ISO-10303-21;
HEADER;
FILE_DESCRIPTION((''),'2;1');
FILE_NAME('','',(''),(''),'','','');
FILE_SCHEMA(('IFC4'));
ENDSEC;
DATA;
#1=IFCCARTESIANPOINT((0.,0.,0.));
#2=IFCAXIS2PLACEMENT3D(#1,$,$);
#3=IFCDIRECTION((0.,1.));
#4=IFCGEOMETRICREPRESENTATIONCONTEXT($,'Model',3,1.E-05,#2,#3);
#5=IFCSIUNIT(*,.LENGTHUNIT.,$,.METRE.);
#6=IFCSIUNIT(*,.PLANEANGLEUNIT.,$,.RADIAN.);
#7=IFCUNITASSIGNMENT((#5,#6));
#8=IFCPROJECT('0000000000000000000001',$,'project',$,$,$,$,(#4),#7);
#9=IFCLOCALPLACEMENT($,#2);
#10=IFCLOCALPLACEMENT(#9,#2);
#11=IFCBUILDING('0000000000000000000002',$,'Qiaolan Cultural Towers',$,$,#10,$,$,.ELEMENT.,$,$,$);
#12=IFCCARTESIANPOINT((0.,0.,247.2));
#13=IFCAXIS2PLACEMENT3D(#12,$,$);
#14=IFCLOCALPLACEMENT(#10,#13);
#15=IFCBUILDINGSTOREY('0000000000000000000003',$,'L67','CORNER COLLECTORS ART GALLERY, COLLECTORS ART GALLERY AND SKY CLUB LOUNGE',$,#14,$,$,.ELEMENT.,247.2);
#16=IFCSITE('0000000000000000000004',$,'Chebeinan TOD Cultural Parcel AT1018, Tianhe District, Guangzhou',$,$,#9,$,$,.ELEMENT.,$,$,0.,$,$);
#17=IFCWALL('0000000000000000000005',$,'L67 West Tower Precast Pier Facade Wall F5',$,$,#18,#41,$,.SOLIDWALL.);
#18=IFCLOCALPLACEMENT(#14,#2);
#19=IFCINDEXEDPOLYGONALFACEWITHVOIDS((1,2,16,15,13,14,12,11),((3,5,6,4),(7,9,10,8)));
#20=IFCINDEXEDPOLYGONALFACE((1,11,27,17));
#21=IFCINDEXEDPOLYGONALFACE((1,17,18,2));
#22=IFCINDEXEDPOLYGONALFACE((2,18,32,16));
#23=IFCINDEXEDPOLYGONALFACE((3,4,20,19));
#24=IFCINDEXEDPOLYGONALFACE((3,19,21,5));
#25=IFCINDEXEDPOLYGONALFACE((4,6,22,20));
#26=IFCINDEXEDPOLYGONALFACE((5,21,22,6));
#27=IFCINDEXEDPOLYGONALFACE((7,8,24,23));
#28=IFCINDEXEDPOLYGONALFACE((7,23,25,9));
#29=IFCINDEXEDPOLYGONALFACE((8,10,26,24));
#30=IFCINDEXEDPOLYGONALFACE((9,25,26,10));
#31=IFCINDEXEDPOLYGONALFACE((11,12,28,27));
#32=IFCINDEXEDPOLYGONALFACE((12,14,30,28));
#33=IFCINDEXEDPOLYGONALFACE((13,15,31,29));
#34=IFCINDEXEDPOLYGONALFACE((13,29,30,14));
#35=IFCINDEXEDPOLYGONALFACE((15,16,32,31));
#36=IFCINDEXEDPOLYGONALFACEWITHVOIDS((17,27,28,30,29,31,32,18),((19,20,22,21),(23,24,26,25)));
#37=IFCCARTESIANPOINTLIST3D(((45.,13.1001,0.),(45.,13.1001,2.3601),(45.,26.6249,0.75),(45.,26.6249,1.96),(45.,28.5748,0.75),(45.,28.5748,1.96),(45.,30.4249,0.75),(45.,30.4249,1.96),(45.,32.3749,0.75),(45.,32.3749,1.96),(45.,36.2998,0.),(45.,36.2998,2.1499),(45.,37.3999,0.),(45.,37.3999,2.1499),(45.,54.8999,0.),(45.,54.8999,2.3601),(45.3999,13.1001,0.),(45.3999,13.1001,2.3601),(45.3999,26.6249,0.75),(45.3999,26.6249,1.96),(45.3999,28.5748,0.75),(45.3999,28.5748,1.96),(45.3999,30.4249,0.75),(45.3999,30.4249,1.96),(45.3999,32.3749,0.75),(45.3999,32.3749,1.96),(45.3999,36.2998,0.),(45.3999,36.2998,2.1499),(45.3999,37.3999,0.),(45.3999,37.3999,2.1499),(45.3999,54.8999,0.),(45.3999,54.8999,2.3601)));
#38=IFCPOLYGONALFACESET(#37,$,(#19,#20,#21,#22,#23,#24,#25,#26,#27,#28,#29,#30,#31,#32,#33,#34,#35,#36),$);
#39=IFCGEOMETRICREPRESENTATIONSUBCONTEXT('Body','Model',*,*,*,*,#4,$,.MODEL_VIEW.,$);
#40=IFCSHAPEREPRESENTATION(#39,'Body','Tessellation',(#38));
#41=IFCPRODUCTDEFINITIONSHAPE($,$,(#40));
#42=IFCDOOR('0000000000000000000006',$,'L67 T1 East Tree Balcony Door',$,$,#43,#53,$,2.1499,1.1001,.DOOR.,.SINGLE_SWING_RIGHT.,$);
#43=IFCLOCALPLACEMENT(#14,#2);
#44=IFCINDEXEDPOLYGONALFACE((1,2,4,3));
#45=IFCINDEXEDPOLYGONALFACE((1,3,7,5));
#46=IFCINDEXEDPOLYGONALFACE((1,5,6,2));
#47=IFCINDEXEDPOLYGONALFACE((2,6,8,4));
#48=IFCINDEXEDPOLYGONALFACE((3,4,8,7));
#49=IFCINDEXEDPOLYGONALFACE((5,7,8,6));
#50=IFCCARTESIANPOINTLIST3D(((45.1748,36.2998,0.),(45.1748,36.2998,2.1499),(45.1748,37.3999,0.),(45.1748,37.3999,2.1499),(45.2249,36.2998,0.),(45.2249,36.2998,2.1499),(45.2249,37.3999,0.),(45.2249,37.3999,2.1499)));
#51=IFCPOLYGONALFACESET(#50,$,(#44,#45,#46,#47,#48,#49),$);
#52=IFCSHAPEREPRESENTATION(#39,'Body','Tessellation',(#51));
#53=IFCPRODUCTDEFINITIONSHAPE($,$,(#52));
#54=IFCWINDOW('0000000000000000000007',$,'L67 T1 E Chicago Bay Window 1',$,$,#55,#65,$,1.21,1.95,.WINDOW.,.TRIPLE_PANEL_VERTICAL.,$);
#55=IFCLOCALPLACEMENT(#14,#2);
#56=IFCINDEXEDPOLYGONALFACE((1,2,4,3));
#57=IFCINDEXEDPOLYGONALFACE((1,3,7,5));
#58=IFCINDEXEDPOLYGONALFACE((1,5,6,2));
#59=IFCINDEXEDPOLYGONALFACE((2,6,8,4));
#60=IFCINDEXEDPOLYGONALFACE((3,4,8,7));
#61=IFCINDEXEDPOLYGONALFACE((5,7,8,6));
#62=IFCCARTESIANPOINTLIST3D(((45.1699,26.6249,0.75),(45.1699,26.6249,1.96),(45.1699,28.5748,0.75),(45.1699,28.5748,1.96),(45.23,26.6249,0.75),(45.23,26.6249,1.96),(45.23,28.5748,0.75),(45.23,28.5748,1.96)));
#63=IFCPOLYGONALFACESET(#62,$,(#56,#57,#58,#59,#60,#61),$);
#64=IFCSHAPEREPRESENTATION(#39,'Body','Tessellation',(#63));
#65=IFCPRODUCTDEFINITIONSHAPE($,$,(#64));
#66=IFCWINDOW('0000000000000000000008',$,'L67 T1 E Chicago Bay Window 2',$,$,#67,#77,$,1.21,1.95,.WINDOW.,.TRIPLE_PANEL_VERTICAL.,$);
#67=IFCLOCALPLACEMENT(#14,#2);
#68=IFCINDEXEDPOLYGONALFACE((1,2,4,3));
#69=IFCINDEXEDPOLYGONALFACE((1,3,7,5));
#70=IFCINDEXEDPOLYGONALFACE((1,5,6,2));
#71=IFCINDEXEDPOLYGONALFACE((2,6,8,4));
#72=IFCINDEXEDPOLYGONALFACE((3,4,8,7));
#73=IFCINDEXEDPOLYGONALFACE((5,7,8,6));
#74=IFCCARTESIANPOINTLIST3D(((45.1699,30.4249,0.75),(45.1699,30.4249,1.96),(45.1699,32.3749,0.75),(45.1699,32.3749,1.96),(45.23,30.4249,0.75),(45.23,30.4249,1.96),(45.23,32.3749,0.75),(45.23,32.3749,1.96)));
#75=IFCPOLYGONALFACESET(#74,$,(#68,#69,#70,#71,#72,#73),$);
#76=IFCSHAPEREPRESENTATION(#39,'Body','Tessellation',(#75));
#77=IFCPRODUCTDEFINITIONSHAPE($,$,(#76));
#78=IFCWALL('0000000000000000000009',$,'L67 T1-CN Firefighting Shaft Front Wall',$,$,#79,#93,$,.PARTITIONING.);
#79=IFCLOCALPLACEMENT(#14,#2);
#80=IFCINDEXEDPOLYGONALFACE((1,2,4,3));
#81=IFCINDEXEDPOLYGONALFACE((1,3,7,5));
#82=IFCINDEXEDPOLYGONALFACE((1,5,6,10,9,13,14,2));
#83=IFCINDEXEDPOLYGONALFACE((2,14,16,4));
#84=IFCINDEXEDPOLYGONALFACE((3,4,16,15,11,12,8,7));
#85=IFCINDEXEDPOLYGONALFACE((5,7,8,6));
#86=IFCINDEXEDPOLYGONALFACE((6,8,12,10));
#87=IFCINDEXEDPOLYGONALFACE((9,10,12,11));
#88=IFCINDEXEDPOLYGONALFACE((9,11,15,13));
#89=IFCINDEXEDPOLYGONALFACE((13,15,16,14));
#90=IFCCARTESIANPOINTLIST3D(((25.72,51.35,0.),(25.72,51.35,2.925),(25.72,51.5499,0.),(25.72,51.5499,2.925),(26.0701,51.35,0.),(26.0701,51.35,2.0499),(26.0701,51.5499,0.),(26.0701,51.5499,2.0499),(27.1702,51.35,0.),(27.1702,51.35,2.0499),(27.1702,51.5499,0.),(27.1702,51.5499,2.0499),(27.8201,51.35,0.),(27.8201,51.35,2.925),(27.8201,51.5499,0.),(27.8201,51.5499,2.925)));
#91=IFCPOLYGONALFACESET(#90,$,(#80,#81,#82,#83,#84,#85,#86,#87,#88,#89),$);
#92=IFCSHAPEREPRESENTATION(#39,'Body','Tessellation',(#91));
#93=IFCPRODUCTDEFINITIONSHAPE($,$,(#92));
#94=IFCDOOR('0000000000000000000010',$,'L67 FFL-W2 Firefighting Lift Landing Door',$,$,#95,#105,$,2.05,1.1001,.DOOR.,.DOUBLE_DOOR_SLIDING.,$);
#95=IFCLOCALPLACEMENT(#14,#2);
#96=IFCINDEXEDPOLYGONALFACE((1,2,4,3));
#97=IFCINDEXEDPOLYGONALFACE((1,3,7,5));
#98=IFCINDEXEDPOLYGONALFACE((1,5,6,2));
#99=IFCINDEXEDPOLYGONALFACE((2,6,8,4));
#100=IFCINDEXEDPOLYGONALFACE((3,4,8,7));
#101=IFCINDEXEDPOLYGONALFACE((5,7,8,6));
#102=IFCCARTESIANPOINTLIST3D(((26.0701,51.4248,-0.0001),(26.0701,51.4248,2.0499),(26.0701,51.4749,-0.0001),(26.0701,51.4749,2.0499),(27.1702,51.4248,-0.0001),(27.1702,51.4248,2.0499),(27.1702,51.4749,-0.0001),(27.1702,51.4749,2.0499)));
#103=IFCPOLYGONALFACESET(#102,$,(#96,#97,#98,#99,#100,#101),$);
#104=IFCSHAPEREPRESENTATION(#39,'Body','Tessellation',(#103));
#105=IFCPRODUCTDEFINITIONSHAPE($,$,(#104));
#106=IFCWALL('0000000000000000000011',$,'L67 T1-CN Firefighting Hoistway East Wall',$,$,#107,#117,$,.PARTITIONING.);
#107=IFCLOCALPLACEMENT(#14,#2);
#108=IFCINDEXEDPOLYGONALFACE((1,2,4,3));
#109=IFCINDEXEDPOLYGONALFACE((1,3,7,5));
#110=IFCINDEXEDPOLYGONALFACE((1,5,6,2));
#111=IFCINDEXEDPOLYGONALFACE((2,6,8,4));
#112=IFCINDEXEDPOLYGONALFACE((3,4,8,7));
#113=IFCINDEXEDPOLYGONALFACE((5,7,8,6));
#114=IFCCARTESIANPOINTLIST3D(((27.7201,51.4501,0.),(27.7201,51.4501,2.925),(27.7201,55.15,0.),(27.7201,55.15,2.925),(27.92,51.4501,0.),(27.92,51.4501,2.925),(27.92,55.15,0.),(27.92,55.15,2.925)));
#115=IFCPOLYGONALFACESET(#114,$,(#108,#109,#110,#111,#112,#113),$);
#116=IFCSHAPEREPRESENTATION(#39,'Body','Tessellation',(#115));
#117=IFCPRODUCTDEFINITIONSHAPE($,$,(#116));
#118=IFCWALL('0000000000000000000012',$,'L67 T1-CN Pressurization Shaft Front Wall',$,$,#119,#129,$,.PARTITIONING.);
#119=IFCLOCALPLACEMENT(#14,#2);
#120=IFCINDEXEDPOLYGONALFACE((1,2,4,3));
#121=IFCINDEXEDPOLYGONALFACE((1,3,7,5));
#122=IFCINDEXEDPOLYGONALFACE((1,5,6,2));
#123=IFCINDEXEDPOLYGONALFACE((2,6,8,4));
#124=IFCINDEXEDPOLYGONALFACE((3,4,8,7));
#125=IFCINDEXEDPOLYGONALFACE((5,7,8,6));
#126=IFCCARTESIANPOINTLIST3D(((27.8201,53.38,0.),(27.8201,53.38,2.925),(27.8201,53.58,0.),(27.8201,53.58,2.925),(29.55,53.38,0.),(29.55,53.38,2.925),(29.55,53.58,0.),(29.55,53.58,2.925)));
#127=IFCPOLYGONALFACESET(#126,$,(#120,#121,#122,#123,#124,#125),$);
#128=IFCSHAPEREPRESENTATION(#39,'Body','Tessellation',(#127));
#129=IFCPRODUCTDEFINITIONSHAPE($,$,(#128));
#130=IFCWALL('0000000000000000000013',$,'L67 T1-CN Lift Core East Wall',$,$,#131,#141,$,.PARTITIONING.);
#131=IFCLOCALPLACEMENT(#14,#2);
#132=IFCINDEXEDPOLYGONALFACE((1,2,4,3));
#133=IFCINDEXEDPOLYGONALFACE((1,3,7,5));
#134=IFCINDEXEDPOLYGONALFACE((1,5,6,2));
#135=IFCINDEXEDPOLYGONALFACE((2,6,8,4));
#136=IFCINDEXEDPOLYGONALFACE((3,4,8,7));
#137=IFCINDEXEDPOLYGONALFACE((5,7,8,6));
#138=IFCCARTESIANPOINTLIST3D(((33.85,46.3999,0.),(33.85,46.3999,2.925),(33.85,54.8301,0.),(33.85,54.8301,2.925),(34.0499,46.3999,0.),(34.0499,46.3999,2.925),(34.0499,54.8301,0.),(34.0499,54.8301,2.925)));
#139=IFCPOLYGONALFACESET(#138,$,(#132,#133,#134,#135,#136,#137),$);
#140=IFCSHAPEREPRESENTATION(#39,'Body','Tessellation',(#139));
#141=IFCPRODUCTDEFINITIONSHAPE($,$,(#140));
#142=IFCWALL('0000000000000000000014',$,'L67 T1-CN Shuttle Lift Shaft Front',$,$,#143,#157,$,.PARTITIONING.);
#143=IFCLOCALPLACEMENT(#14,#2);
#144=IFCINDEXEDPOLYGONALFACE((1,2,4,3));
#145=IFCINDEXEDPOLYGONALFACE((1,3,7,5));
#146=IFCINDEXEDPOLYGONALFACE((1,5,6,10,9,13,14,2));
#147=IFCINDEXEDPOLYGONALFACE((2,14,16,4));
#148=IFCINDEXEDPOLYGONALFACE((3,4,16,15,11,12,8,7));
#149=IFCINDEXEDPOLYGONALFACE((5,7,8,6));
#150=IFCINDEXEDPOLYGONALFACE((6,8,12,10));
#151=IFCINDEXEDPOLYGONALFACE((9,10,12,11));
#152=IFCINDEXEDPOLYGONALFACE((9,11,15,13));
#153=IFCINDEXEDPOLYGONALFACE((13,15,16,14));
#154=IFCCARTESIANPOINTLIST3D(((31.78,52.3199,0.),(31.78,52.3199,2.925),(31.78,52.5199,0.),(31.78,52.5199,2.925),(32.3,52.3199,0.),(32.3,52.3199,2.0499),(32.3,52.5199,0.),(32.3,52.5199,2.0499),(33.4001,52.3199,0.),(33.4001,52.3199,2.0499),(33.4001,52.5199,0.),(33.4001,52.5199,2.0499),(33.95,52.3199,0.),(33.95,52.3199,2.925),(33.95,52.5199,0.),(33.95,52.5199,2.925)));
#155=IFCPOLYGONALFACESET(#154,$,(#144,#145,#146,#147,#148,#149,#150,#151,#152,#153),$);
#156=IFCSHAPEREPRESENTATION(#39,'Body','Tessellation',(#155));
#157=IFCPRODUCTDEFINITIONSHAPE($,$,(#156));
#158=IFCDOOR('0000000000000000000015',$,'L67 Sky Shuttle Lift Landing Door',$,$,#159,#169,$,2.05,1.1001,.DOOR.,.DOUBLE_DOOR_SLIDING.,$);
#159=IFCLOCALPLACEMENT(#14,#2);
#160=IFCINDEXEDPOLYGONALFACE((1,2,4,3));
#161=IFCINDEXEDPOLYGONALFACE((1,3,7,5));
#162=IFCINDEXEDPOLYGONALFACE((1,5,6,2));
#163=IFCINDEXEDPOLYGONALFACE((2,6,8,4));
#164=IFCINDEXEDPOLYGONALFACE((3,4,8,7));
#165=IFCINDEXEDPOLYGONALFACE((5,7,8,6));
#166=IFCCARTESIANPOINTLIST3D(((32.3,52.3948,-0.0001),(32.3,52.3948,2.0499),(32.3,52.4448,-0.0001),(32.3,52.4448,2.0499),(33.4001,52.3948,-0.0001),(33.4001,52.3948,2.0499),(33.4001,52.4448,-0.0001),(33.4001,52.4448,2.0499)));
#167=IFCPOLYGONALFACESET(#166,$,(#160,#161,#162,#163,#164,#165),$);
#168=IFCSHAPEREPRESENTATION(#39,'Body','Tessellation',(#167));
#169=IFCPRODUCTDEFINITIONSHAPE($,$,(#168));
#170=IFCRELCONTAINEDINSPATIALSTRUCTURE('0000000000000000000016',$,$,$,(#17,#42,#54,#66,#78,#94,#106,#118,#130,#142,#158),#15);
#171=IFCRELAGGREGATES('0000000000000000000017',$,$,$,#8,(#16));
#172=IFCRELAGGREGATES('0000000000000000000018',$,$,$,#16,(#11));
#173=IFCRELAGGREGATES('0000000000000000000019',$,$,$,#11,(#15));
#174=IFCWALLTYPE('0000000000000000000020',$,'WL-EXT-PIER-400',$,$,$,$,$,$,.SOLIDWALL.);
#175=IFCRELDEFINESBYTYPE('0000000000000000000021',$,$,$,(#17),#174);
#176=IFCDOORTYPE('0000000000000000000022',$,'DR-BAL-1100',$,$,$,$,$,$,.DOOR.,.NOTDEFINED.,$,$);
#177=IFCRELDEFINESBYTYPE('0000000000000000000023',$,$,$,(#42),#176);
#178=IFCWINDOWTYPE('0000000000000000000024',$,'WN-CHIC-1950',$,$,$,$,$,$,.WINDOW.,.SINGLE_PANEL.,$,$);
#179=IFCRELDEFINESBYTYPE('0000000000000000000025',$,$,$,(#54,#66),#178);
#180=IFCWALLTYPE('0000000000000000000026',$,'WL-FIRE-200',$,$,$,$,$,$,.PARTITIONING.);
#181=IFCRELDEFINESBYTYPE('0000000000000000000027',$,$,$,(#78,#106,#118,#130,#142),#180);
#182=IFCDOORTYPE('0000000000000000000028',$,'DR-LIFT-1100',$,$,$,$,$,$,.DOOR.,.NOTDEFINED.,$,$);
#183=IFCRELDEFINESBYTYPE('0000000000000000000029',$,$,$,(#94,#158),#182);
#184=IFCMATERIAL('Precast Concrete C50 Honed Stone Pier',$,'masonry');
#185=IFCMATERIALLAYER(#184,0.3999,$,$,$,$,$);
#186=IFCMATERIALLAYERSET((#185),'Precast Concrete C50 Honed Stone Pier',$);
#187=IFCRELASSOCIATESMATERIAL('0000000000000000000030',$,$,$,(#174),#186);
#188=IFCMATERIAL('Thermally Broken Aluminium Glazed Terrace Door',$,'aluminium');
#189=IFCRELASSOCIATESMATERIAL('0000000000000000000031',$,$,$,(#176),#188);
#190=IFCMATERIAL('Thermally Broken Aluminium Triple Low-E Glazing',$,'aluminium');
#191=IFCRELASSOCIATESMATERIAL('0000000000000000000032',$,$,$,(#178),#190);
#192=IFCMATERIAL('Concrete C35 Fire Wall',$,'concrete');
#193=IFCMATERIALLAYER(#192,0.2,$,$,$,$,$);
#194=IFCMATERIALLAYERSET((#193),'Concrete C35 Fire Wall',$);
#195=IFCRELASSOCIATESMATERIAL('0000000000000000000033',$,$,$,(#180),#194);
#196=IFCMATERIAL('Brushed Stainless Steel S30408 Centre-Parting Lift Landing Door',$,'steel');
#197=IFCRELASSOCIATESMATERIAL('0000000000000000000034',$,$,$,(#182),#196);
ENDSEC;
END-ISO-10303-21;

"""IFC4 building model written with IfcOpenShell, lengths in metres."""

from ifc_helpers import new_model, si_unit, direction, frame, frame_2d, origin, place, context, subcontext, project, spatial, rectangle, extrude, material, layer, layer_set, type_object, element, fill, save


model = new_model("IFC4")

# Units and contexts
model_context = context("Model", 3, precision=1e-05, world=origin(), true_north=direction((0.0, 1.0)))
body_context = subcontext(model_context, "Body", "Model", "MODEL_VIEW")
ifc_project = project(units=[si_unit("LENGTHUNIT", "METRE"), si_unit("PLANEANGLEUNIT", "RADIAN")], contexts=[model_context])

# Site, building, storey
site_placement = place(None, origin())
site = spatial("IfcSite", under=ifc_project, at=site_placement, Name="Chebeinan TOD Cultural Parcel AT1018, Tianhe District, Guangzhou", CompositionType="ELEMENT", RefElevation=0.0)
building_placement = place(site_placement, origin())
building = spatial("IfcBuilding", under=site, at=building_placement, Name="Qiaolan Cultural Towers", CompositionType="ELEMENT")
storey_placement = place(building_placement, frame((0.0, 0.0, 247.2)))
storey = spatial("IfcBuildingStorey", under=building, at=storey_placement, Name="L67", Description="CORNER COLLECTORS ART GALLERY, COLLECTORS ART GALLERY AND SKY CLUB LOUNGE", CompositionType="ELEMENT", Elevation=247.2)

# Shared definitions
ifc_material_1 = material(Name="Precast Concrete C50 Honed Stone Pier", Category="masonry")
ifc_layer_1 = layer(ifc_material_1, 0.3999)
ifc_layer_set_1 = layer_set([ifc_layer_1], Name="Precast Concrete C50 Honed Stone Pier")
wall_type_1 = type_object("IfcWallType", Name="WL-EXT-PIER-400", PredefinedType="SOLIDWALL", material=ifc_layer_set_1)

# Wall, openings, door, windows
wall_1_placement = place(storey_placement, frame((45.2, 54.8999, 0.0), z_axis=(0.0, 0.0, 1.0), x_axis=(0.0, -1.0, 0.0)))
wall_1 = element("IfcWall", 1, at=wall_1_placement, inside=storey, type_object=wall_type_1, Name="L67 West Tower Precast Pier Facade Wall F5", PredefinedType="SOLIDWALL", context=body_context, shape_type="SweptSolid", body=[
    extrude(rectangle(XDim=41.7998, YDim=0.3999, at=frame_2d((20.8999, 0.0))), origin(), (0.0, 0.0, 1.0), 2.3601),
])
opening_1_placement = place(wall_1_placement, frame((26.325, 0.0, 0.75)))
opening_1 = element("IfcOpeningElement", 2, at=opening_1_placement, cuts=wall_1, PredefinedType="OPENING", context=body_context, shape_type="SweptSolid", body=[
    extrude(rectangle(XDim=1.95, YDim=1.21, at=frame_2d((0.9751, 0.605))), frame((0.0, 0.21, 0.0), z_axis=(0.0, -1.0, 0.0), x_axis=(1.0, 0.0, 0.0)), (0.0, 0.0, 1.0), 0.4199),
])
opening_2_placement = place(wall_1_placement, frame((22.5249, 0.0, 0.75)))
opening_2 = element("IfcOpeningElement", 3, at=opening_2_placement, cuts=wall_1, PredefinedType="OPENING", context=body_context, shape_type="SweptSolid", body=[
    extrude(rectangle(XDim=1.95, YDim=1.21, at=frame_2d((0.9751, 0.605))), frame((0.0, 0.21, 0.0), z_axis=(0.0, -1.0, 0.0), x_axis=(1.0, 0.0, 0.0)), (0.0, 0.0, 1.0), 0.4199),
])
opening_3_placement = place(wall_1_placement, frame((17.5, 0.0, 0.0)))
opening_3 = element("IfcOpeningElement", 4, at=opening_3_placement, cuts=wall_1, PredefinedType="OPENING", context=body_context, shape_type="SweptSolid", body=[
    extrude(rectangle(XDim=1.1001, YDim=2.1499, at=frame_2d((0.55, 1.075))), frame((0.0, 0.21, 0.0), z_axis=(0.0, -1.0, 0.0), x_axis=(1.0, 0.0, 0.0)), (0.0, 0.0, 1.0), 0.4199),
])
ifc_material_2 = material(Name="Thermally Broken Aluminium Glazed Terrace Door", Category="aluminium")
door_type_1 = type_object("IfcDoorType", Name="DR-BAL-1100", OperationType="NOTDEFINED", PredefinedType="DOOR", material=ifc_material_2)
door_1_placement = place(opening_3_placement, origin())
door_1 = element("IfcDoor", 5, at=door_1_placement, inside=storey, type_object=door_type_1, Name="L67 T1 East Tree Balcony Door", OperationType="SINGLE_SWING_RIGHT", OverallHeight=2.1499, OverallWidth=1.1001, PredefinedType="DOOR", context=body_context, shape_type="SweptSolid", body=[
    extrude(rectangle(XDim=1.1001, YDim=2.1499, at=frame_2d((0.55, 1.075))), frame((0.0, 0.0249, 0.0), z_axis=(0.0, -1.0, 0.0), x_axis=(1.0, 0.0, 0.0)), (0.0, 0.0, 1.0), 0.05),
])
fill(opening_3, door_1)
ifc_material_3 = material(Name="Thermally Broken Aluminium Triple Low-E Glazing", Category="aluminium")
window_type = type_object("IfcWindowType", Name="WN-CHIC-1950", PartitioningType="SINGLE_PANEL", PredefinedType="WINDOW", material=ifc_material_3)
window_1_placement = place(opening_1_placement, origin())
window_1 = element("IfcWindow", 6, at=window_1_placement, inside=storey, type_object=window_type, Name="L67 T1 E Chicago Bay Window 1", OverallHeight=1.21, OverallWidth=1.95, PartitioningType="TRIPLE_PANEL_VERTICAL", PredefinedType="WINDOW", context=body_context, shape_type="SweptSolid", body=[
    extrude(rectangle(XDim=1.95, YDim=1.21, at=frame_2d((0.9751, 0.605))), frame((0.0, 0.03, 0.0), z_axis=(0.0, -1.0, 0.0), x_axis=(1.0, 0.0, 0.0)), (0.0, 0.0, 1.0), 0.0601),
])
fill(opening_1, window_1)
window_2_placement = place(opening_2_placement, origin())
window_2 = element("IfcWindow", 7, at=window_2_placement, inside=storey, type_object=window_type, Name="L67 T1 E Chicago Bay Window 2", OverallHeight=1.21, OverallWidth=1.95, PartitioningType="TRIPLE_PANEL_VERTICAL", PredefinedType="WINDOW", context=body_context, shape_type="SweptSolid", body=[
    extrude(rectangle(XDim=1.95, YDim=1.21, at=frame_2d((0.9751, 0.605))), frame((0.0, 0.03, 0.0), z_axis=(0.0, -1.0, 0.0), x_axis=(1.0, 0.0, 0.0)), (0.0, 0.0, 1.0), 0.0601),
])
fill(opening_2, window_2)

# Wall, opening, door
ifc_material_4 = material(Name="Concrete C35 Fire Wall", Category="concrete")
ifc_layer_2 = layer(ifc_material_4, 0.2)
ifc_layer_set_2 = layer_set([ifc_layer_2], Name="Concrete C35 Fire Wall")
wall_type_2 = type_object("IfcWallType", Name="WL-FIRE-200", PredefinedType="PARTITIONING", material=ifc_layer_set_2)
wall_2_placement = place(storey_placement, frame((25.72, 51.45, 0.0), z_axis=(0.0, 0.0, 1.0), x_axis=(1.0, 0.0, 0.0)))
wall_2 = element("IfcWall", 8, at=wall_2_placement, inside=storey, type_object=wall_type_2, Name="L67 T1-CN Firefighting Shaft Front Wall", PredefinedType="PARTITIONING", context=body_context, shape_type="SweptSolid", body=[
    extrude(rectangle(XDim=2.1001, YDim=0.2, at=frame_2d((1.05, 0.0))), origin(), (0.0, 0.0, 1.0), 2.925),
])
opening_4_placement = place(wall_2_placement, frame((0.3501, 0.0, 0.0)))
opening_4 = element("IfcOpeningElement", 9, at=opening_4_placement, cuts=wall_2, PredefinedType="OPENING", context=body_context, shape_type="SweptSolid", body=[
    extrude(rectangle(XDim=1.1001, YDim=2.05, at=frame_2d((0.55, 1.0249))), frame((0.0, 0.1099, 0.0), z_axis=(0.0, -1.0, 0.0), x_axis=(1.0, 0.0, 0.0)), (0.0, 0.0, 1.0), 0.22),
])
ifc_material_5 = material(Name="Brushed Stainless Steel S30408 Centre-Parting Lift Landing Door", Category="steel")
door_type_2 = type_object("IfcDoorType", Name="DR-LIFT-1100", OperationType="NOTDEFINED", PredefinedType="DOOR", material=ifc_material_5)
door_2_placement = place(opening_4_placement, origin())
door_2 = element("IfcDoor", 10, at=door_2_placement, inside=storey, type_object=door_type_2, Name="L67 FFL-W2 Firefighting Lift Landing Door", OperationType="DOUBLE_DOOR_SLIDING", OverallHeight=2.05, OverallWidth=1.1001, PredefinedType="DOOR", context=body_context, shape_type="SweptSolid", body=[
    extrude(rectangle(XDim=1.1001, YDim=2.05, at=frame_2d((0.55, 1.0249))), frame((0.0, 0.0249, 0.0), z_axis=(0.0, -1.0, 0.0), x_axis=(1.0, 0.0, 0.0)), (0.0, 0.0, 1.0), 0.05),
])
fill(opening_4, door_2)

# Walls
wall_3_placement = place(storey_placement, frame((27.8201, 51.45, 0.0), z_axis=(0.0, 0.0, 1.0), x_axis=(0.0, 1.0, 0.0)))
element("IfcWall", 11, at=wall_3_placement, inside=storey, type_object=wall_type_2, Name="L67 T1-CN Firefighting Hoistway East Wall", PredefinedType="PARTITIONING", context=body_context, shape_type="SweptSolid", body=[
    extrude(rectangle(XDim=3.7, YDim=0.2, at=frame_2d((1.8501, 0.0))), origin(), (0.0, 0.0, 1.0), 2.925),
])
wall_4_placement = place(storey_placement, frame((27.8201, 53.48, 0.0), z_axis=(0.0, 0.0, 1.0), x_axis=(1.0, 0.0, 0.0)))
element("IfcWall", 12, at=wall_4_placement, inside=storey, type_object=wall_type_2, Name="L67 T1-CN Pressurization Shaft Front Wall", PredefinedType="PARTITIONING", context=body_context, shape_type="SweptSolid", body=[
    extrude(rectangle(XDim=1.73, YDim=0.2, at=frame_2d((0.865, 0.0))), origin(), (0.0, 0.0, 1.0), 2.925),
])
wall_5_placement = place(storey_placement, frame((33.95, 46.3999, 0.0), z_axis=(0.0, 0.0, 1.0), x_axis=(0.0, 1.0, 0.0)))
element("IfcWall", 13, at=wall_5_placement, inside=storey, type_object=wall_type_2, Name="L67 T1-CN Lift Core East Wall", PredefinedType="PARTITIONING", context=body_context, shape_type="SweptSolid", body=[
    extrude(rectangle(XDim=8.4302, YDim=0.2, at=frame_2d((4.2151, 0.0))), origin(), (0.0, 0.0, 1.0), 2.925),
])

# Wall, opening, door
wall_6_placement = place(storey_placement, frame((31.78, 52.4199, 0.0), z_axis=(0.0, 0.0, 1.0), x_axis=(1.0, 0.0, 0.0)))
wall_6 = element("IfcWall", 14, at=wall_6_placement, inside=storey, type_object=wall_type_2, Name="L67 T1-CN Shuttle Lift Shaft Front", PredefinedType="PARTITIONING", context=body_context, shape_type="SweptSolid", body=[
    extrude(rectangle(XDim=2.1699, YDim=0.2, at=frame_2d((1.085, 0.0))), origin(), (0.0, 0.0, 1.0), 2.925),
])
opening_5_placement = place(wall_6_placement, frame((0.52, 0.0, 0.0)))
opening_5 = element("IfcOpeningElement", 15, at=opening_5_placement, cuts=wall_6, PredefinedType="OPENING", context=body_context, shape_type="SweptSolid", body=[
    extrude(rectangle(XDim=1.1001, YDim=2.05, at=frame_2d((0.55, 1.0249))), frame((0.0, 0.1099, 0.0), z_axis=(0.0, -1.0, 0.0), x_axis=(1.0, 0.0, 0.0)), (0.0, 0.0, 1.0), 0.22),
])
door_3_placement = place(opening_5_placement, origin())
door_3 = element("IfcDoor", 16, at=door_3_placement, inside=storey, type_object=door_type_2, Name="L67 Sky Shuttle Lift Landing Door", OperationType="DOUBLE_DOOR_SLIDING", OverallHeight=2.05, OverallWidth=1.1001, PredefinedType="DOOR", context=body_context, shape_type="SweptSolid", body=[
    extrude(rectangle(XDim=1.1001, YDim=2.05, at=frame_2d((0.55, 1.0249))), frame((0.0, 0.0249, 0.0), z_axis=(0.0, -1.0, 0.0), x_axis=(1.0, 0.0, 0.0)), (0.0, 0.0, 1.0), 0.05),
])
fill(opening_5, door_3)

save(model, "model.ifc")
